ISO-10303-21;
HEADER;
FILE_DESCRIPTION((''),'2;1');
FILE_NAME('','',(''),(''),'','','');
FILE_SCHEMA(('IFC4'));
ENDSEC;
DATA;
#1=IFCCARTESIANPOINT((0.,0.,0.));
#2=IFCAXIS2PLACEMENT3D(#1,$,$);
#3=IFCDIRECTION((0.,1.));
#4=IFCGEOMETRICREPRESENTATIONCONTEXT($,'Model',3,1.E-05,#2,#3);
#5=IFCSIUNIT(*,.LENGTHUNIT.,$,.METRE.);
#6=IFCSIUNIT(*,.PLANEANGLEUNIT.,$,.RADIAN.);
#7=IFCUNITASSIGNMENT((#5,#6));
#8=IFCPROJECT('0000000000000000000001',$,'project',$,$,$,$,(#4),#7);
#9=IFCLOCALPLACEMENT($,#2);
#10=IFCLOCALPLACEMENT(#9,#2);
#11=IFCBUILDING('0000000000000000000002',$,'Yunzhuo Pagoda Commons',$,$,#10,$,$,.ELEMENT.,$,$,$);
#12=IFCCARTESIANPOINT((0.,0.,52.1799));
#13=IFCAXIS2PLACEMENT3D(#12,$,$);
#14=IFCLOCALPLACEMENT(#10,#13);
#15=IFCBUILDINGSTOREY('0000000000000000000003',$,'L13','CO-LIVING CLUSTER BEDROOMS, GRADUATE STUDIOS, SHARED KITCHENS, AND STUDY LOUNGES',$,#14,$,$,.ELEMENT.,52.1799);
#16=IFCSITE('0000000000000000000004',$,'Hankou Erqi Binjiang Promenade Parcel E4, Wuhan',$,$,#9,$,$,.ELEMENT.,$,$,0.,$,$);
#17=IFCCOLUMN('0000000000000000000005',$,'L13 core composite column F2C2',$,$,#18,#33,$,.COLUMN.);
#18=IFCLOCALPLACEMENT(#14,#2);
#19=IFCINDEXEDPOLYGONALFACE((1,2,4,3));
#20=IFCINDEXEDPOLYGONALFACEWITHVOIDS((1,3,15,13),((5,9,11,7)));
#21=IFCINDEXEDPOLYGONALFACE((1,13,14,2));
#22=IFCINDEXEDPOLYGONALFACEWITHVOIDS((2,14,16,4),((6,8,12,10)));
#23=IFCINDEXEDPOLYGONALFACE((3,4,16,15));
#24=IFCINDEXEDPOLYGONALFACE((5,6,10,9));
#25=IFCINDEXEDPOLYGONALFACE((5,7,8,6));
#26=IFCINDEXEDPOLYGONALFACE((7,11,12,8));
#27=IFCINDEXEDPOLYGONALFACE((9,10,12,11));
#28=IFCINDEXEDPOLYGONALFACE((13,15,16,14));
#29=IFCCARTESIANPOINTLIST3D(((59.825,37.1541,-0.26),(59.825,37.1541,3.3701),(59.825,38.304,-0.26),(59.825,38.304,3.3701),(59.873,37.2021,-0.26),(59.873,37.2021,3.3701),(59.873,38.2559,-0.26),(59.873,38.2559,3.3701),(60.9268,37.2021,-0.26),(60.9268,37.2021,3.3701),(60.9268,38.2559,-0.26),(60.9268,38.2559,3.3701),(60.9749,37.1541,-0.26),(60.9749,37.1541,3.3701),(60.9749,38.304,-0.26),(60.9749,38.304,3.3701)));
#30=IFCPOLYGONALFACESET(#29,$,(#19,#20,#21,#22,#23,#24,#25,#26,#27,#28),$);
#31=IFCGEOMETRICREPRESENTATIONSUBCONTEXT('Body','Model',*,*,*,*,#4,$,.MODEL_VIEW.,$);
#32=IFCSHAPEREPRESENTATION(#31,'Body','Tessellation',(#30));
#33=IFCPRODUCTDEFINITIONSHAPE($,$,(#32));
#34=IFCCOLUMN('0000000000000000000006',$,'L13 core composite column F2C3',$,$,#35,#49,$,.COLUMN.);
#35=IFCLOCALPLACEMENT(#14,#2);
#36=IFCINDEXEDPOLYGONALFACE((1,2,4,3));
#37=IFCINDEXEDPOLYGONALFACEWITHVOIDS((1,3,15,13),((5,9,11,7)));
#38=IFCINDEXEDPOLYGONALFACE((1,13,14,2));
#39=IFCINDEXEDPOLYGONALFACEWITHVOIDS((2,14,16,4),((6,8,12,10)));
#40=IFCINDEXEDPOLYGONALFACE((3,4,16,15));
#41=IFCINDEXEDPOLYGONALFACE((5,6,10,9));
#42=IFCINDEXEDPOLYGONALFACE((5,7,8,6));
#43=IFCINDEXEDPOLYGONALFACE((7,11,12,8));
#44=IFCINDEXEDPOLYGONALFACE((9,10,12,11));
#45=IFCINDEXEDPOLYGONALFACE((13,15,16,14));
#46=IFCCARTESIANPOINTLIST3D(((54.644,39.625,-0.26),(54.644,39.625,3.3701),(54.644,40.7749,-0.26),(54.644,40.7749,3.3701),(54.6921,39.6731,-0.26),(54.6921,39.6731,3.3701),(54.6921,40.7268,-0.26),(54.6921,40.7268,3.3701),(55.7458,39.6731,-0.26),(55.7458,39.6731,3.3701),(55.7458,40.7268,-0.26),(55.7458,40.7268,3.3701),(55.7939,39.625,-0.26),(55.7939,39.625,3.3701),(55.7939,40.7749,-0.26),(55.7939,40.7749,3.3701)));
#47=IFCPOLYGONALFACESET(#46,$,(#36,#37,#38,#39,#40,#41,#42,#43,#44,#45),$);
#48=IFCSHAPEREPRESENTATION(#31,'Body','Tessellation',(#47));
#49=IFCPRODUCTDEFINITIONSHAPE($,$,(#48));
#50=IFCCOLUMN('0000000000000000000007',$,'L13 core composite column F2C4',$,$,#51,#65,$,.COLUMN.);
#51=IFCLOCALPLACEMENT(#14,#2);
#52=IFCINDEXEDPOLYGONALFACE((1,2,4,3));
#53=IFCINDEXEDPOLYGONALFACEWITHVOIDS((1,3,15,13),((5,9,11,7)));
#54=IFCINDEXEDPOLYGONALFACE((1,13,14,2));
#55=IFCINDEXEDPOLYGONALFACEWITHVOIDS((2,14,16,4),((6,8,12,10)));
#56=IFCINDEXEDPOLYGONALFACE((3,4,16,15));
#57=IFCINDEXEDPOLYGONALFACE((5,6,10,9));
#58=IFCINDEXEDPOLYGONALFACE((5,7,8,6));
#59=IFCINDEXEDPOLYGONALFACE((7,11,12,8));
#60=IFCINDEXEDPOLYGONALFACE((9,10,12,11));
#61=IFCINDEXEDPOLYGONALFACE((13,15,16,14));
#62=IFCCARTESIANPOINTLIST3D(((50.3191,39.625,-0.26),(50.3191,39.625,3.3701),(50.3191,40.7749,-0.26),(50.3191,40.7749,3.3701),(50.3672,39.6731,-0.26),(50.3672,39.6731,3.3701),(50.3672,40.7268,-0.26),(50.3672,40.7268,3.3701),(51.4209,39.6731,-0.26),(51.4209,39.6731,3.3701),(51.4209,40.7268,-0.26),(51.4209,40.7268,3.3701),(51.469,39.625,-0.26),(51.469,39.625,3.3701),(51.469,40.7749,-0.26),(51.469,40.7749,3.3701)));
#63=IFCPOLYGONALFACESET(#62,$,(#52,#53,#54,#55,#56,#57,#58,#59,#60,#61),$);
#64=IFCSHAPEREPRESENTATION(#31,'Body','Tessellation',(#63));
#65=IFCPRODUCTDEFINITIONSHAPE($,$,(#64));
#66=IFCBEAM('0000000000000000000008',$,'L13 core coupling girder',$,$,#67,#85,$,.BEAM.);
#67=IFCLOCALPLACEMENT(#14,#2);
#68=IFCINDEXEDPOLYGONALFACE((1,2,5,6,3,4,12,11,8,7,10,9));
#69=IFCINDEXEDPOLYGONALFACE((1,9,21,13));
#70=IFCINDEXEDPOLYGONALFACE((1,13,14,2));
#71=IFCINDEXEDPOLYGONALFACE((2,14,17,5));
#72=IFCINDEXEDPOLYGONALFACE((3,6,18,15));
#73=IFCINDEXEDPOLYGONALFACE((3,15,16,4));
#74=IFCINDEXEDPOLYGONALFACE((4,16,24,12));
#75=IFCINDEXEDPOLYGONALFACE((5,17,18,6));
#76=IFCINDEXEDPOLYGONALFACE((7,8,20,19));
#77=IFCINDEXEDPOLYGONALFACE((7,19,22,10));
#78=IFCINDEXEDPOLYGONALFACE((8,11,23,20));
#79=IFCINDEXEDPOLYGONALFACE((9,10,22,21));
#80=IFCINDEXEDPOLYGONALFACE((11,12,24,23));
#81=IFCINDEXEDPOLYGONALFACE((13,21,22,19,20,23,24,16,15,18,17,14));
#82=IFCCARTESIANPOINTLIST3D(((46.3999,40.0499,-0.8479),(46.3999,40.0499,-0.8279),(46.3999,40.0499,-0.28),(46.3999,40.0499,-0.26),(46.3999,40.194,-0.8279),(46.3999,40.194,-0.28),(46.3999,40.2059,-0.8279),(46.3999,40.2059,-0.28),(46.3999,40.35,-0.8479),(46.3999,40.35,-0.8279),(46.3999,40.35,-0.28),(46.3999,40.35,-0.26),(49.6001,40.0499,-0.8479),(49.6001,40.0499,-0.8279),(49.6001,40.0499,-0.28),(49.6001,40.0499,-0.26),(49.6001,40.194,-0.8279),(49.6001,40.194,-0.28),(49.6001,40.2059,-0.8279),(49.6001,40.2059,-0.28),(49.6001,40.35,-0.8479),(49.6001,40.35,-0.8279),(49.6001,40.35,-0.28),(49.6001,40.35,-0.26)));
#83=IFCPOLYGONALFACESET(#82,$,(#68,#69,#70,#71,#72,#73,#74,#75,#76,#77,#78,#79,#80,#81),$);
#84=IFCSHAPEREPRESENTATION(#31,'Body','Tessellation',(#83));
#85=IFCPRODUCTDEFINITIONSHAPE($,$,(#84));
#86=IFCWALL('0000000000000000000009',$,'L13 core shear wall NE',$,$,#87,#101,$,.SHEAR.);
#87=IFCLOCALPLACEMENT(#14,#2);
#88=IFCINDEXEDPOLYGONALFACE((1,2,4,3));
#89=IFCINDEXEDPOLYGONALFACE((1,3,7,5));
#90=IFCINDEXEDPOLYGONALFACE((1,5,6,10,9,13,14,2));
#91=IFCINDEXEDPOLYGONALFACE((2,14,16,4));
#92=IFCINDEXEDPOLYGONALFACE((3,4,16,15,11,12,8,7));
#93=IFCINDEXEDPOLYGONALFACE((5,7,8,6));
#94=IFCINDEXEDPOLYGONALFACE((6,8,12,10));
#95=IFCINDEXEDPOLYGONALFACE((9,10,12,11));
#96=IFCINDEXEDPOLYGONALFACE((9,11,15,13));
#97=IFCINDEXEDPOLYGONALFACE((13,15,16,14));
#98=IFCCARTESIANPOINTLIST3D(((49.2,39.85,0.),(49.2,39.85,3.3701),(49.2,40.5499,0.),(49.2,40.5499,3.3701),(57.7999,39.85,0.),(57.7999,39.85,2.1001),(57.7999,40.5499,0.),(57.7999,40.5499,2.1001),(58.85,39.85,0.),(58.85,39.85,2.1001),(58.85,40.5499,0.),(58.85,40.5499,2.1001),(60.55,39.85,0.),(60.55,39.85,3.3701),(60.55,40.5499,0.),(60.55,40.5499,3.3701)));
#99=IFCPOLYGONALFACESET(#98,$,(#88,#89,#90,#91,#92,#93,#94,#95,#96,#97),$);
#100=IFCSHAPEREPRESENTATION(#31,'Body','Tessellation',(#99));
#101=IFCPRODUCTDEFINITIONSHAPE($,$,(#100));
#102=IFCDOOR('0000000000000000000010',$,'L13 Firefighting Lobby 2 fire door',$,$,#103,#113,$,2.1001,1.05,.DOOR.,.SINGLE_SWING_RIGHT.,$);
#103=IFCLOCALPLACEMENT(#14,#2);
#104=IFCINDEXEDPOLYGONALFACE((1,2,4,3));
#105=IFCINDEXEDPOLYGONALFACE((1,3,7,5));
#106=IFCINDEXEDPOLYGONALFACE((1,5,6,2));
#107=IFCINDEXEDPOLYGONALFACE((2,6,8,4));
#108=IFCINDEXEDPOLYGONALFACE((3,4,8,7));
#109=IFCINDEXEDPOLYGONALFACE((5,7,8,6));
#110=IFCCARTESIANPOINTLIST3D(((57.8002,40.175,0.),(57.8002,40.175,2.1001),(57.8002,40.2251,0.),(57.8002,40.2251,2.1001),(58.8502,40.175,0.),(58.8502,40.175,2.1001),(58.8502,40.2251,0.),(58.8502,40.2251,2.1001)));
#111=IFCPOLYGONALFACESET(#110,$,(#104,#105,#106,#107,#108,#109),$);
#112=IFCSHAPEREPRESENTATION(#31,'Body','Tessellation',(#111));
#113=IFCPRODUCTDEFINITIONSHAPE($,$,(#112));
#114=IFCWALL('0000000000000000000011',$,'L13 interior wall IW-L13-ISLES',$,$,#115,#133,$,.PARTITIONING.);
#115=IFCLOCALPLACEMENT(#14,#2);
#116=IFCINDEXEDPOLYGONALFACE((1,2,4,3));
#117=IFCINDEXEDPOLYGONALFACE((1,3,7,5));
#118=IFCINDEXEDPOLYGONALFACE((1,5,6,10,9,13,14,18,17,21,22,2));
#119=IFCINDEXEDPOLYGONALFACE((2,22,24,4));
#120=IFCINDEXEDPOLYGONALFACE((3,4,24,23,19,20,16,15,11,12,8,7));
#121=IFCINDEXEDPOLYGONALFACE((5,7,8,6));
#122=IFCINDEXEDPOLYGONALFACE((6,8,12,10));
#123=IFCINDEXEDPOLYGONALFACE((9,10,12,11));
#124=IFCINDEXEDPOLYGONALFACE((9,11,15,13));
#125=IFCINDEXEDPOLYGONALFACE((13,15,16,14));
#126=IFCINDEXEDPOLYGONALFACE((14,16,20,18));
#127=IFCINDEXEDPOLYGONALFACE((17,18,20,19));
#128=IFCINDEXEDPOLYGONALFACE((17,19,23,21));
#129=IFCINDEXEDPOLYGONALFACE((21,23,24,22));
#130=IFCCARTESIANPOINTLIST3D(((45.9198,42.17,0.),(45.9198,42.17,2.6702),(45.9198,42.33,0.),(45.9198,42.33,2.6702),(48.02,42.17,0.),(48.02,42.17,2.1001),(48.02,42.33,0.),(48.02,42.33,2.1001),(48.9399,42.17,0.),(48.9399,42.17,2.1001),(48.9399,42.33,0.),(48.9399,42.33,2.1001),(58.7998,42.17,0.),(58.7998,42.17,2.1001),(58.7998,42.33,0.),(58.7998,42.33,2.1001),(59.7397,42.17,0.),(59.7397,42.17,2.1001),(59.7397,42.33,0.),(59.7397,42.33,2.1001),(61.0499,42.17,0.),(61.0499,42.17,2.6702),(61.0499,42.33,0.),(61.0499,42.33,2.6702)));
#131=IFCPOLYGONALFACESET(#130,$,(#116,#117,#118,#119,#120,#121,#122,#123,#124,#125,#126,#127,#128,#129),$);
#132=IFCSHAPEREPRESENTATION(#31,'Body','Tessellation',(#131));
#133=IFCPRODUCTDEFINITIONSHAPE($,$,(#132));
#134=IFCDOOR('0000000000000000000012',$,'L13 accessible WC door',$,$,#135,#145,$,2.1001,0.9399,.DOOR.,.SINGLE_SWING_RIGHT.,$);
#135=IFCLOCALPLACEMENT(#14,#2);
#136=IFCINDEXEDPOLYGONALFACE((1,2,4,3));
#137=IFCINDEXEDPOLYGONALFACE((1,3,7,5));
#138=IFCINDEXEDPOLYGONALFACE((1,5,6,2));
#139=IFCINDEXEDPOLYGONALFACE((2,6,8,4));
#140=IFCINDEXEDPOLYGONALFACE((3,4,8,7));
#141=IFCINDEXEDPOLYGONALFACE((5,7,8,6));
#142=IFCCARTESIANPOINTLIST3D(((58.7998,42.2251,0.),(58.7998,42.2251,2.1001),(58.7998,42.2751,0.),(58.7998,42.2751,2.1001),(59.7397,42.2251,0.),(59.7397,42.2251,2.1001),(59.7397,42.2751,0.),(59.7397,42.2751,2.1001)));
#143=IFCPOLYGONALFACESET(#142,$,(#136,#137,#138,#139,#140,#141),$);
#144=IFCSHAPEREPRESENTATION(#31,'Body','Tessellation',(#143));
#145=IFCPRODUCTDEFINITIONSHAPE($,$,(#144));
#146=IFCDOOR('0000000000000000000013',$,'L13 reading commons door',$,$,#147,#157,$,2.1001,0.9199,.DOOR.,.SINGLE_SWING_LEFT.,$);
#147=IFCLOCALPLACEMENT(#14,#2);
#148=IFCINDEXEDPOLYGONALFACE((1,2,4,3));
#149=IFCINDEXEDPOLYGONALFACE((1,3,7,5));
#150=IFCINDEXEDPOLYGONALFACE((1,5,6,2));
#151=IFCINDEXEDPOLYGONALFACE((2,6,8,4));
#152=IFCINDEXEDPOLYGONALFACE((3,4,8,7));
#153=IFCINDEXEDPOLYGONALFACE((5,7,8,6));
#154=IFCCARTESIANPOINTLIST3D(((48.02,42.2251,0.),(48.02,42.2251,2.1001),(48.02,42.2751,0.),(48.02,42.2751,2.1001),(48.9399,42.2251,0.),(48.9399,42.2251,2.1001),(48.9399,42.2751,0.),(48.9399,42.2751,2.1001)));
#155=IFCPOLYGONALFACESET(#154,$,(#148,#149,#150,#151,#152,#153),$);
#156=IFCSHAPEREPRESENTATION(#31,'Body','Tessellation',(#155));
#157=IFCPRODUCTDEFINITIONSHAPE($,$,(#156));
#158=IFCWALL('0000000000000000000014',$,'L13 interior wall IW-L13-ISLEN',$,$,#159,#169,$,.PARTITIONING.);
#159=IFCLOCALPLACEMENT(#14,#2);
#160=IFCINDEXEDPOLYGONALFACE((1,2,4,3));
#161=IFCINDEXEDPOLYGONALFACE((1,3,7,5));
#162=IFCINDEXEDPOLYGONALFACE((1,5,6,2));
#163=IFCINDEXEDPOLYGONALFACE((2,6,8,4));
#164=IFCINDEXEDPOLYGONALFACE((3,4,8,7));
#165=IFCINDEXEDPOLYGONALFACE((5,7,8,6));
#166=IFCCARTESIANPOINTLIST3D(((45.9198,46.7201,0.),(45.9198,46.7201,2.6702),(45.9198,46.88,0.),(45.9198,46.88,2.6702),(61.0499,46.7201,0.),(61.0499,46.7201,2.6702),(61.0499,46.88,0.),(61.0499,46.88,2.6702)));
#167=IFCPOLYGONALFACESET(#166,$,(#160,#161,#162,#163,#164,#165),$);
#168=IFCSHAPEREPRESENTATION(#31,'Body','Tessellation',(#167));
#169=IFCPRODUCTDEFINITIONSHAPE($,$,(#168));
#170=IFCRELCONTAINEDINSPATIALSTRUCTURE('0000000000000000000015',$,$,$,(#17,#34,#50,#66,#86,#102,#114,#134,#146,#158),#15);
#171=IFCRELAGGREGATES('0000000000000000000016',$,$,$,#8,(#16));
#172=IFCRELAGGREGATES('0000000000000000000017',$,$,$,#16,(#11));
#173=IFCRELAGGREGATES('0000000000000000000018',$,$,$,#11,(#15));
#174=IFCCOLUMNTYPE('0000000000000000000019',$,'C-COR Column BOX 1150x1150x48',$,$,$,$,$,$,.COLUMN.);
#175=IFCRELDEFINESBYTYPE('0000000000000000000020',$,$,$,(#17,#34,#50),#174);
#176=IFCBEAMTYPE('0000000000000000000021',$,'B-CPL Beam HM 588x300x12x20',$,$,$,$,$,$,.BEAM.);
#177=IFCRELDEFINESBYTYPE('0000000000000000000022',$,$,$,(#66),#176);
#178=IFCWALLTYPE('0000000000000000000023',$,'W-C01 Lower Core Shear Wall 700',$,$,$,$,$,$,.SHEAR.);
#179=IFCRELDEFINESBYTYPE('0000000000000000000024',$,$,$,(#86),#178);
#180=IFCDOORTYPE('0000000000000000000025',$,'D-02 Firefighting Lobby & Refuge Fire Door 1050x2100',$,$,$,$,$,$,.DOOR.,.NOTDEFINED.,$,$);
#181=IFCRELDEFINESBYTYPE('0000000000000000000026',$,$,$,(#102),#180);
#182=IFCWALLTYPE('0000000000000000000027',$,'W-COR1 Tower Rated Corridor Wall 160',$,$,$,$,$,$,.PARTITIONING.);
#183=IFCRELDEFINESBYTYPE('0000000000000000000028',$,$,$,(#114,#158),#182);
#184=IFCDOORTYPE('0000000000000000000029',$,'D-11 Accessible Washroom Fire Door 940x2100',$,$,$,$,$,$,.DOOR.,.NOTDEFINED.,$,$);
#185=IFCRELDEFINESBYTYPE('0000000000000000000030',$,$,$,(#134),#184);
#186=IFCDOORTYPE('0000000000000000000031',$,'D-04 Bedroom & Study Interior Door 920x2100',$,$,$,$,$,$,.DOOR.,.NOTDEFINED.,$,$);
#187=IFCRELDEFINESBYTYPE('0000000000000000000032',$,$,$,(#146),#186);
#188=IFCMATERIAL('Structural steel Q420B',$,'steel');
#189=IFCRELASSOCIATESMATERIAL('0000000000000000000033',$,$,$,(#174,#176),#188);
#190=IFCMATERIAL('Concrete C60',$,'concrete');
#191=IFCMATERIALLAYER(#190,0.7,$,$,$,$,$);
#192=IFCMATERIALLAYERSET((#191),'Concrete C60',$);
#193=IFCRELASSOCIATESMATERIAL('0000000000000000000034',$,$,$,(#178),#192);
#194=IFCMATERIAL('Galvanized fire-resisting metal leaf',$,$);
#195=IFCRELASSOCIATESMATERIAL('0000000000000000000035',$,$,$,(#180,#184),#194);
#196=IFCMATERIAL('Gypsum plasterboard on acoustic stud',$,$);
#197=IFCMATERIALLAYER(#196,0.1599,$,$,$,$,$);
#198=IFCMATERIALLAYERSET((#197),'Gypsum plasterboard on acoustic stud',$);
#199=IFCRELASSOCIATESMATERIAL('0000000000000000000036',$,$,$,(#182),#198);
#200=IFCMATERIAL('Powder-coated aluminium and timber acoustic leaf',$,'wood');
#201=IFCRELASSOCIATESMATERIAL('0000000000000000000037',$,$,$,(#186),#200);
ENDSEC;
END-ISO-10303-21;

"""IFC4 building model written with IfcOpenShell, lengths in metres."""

from ifc_helpers import new_model, si_unit, direction, frame, frame_2d, origin, origin_2d, place, context, subcontext, project, spatial, rectangle, hollow_rectangle, i_section, extrude, source, transform, mapped, material, layer, layer_set, material_profile, profile_set, type_object, element, fill, save


model = new_model("IFC4")

# Units and contexts
model_context = context("Model", 3, precision=1e-05, world=origin(), true_north=direction((0.0, 1.0)))
body_context = subcontext(model_context, "Body", "Model", "MODEL_VIEW")
ifc_project = project(units=[si_unit("LENGTHUNIT", "METRE"), si_unit("PLANEANGLEUNIT", "RADIAN")], contexts=[model_context])

# Site, building, storey
site_placement = place(None, origin())
site = spatial("IfcSite", under=ifc_project, at=site_placement, Name="Hankou Erqi Binjiang Promenade Parcel E4, Wuhan", CompositionType="ELEMENT", RefElevation=0.0)
building_placement = place(site_placement, origin())
building = spatial("IfcBuilding", under=site, at=building_placement, Name="Yunzhuo Pagoda Commons", CompositionType="ELEMENT")
storey_placement = place(building_placement, frame((0.0, 0.0, 52.1799)))
storey = spatial("IfcBuildingStorey", under=building, at=storey_placement, Name="L13", Description="CO-LIVING CLUSTER BEDROOMS, GRADUATE STUDIOS, SHARED KITCHENS, AND STUDY LOUNGES", CompositionType="ELEMENT", Elevation=52.1799)

# Columns
ifc_material_1 = material(Name="Structural steel Q420B", Category="steel")
ifc_material_profile_1 = material_profile(ifc_material_1, hollow_rectangle(XDim=1.1499, YDim=1.1499, WallThickness=0.0481, at=origin_2d()), Name="Structural steel Q420B")
ifc_profile_set_1 = profile_set([ifc_material_profile_1], Name="Structural steel Q420B")
column_type = type_object("IfcColumnType", Name="C-COR Column BOX 1150x1150x48", PredefinedType="COLUMN", material=ifc_profile_set_1)
shared_shape_1 = source(origin(), body_context, "Body", "SweptSolid", [
    extrude(hollow_rectangle(XDim=1.1499, YDim=1.1499, WallThickness=0.0481, at=origin_2d()), origin(), (0.0, 0.0, 1.0), 3.6301),
])
for number, where, z_axis, x_axis, name in (
    (1, (60.3999, 37.729, -0.26), (0.0, 0.0, 1.0), (1.0, 0.0, 0.0), "L13 core composite column F2C2"),
    (2, (55.219, 40.2, -0.26), (0.0, 0.0, 1.0), (1.0, 0.0, 0.0), "L13 core composite column F2C3"),
    (3, (50.894, 40.2, -0.26), (0.0, 0.0, 1.0), (1.0, 0.0, 0.0), "L13 core composite column F2C4"),
):
    element("IfcColumn", number, at=place(storey_placement, frame(where, z_axis=z_axis, x_axis=x_axis)), inside=storey, type_object=column_type, Name=name, PredefinedType="COLUMN", context=body_context, shape_type="MappedRepresentation", body=[
        mapped(shared_shape_1, transform((0.0, 0.0, 0.0), scale=1.0)),
    ])

# Beam
ifc_material_profile_2 = material_profile(ifc_material_1, i_section(OverallWidth=0.3, OverallDepth=0.5879, WebThickness=0.012, FlangeThickness=0.02, at=origin_2d()), Name="Structural steel Q420B")
ifc_profile_set_2 = profile_set([ifc_material_profile_2], Name="Structural steel Q420B")
beam_type = type_object("IfcBeamType", Name="B-CPL Beam HM 588x300x12x20", PredefinedType="BEAM", material=ifc_profile_set_2)
shared_shape_2 = source(origin(), body_context, "Body", "SweptSolid", [
    extrude(i_section(OverallWidth=0.3, OverallDepth=0.5879, WebThickness=0.012, FlangeThickness=0.02, at=origin_2d()), origin(), (0.0, 0.0, 1.0), 3.2002),
])
beam_placement = place(storey_placement, frame((46.3999, 40.2, -0.554), z_axis=(1.0, 0.0, 0.0), x_axis=(0.0, 1.0, 0.0)))
element("IfcBeam", 4, at=beam_placement, inside=storey, type_object=beam_type, Name="L13 core coupling girder", PredefinedType="BEAM", context=body_context, shape_type="MappedRepresentation", body=[
    mapped(shared_shape_2, transform((0.0, 0.0, 0.0), scale=1.0)),
])

# Wall, opening, door
ifc_material_2 = material(Name="Concrete C60", Category="concrete")
ifc_layer_1 = layer(ifc_material_2, 0.7)
ifc_layer_set_1 = layer_set([ifc_layer_1], Name="Concrete C60")
wall_type_1 = type_object("IfcWallType", Name="W-C01 Lower Core Shear Wall 700", PredefinedType="SHEAR", material=ifc_layer_set_1)
wall_1_placement = place(storey_placement, frame((49.2, 40.2, 0.0), z_axis=(0.0, 0.0, 1.0), x_axis=(1.0, 0.0, 0.0)))
wall_1 = element("IfcWall", 5, at=wall_1_placement, inside=storey, type_object=wall_type_1, Name="L13 core shear wall NE", PredefinedType="SHEAR", context=body_context, shape_type="SweptSolid", body=[
    extrude(rectangle(XDim=11.3501, YDim=0.7, at=frame_2d((5.675, 0.0))), origin(), (0.0, 0.0, 1.0), 3.3701),
])
opening_1_placement = place(wall_1_placement, frame((8.6001, 0.0, 0.0)))
opening_1 = element("IfcOpeningElement", 6, at=opening_1_placement, cuts=wall_1, PredefinedType="OPENING", context=body_context, shape_type="SweptSolid", body=[
    extrude(rectangle(XDim=1.05, YDim=2.1001, at=frame_2d((0.5249, 1.05))), frame((0.0, 0.3599, 0.0), z_axis=(0.0, -1.0, 0.0), x_axis=(1.0, 0.0, 0.0)), (0.0, 0.0, 1.0), 0.72),
])
ifc_material_3 = material(Name="Galvanized fire-resisting metal leaf")
door_type_1 = type_object("IfcDoorType", Name="D-02 Firefighting Lobby & Refuge Fire Door 1050x2100", OperationType="NOTDEFINED", PredefinedType="DOOR", material=ifc_material_3)
shared_shape_3 = source(origin(), body_context, "Body", "SweptSolid", [
    extrude(rectangle(XDim=1.05, YDim=2.1001, at=frame_2d((0.5249, 1.05))), frame((0.0, 0.0249, 0.0), z_axis=(0.0, -1.0, 0.0), x_axis=(1.0, 0.0, 0.0)), (0.0, 0.0, 1.0), 0.05),
])
door_1_placement = place(opening_1_placement, frame((1.05, 0.0, 0.0), z_axis=(0.0, 0.0, 1.0), x_axis=(-1.0, 0.0, 0.0)))
door_1 = element("IfcDoor", 7, at=door_1_placement, inside=storey, type_object=door_type_1, Name="L13 Firefighting Lobby 2 fire door", OperationType="SINGLE_SWING_RIGHT", OverallHeight=2.1001, OverallWidth=1.05, PredefinedType="DOOR", context=body_context, shape_type="MappedRepresentation", body=[
    mapped(shared_shape_3, transform((0.0, 0.0, 0.0), scale=1.0)),
])
fill(opening_1, door_1)

# Wall, openings, doors
ifc_material_4 = material(Name="Gypsum plasterboard on acoustic stud")
ifc_layer_2 = layer(ifc_material_4, 0.1599)
ifc_layer_set_2 = layer_set([ifc_layer_2], Name="Gypsum plasterboard on acoustic stud")
wall_type_2 = type_object("IfcWallType", Name="W-COR1 Tower Rated Corridor Wall 160", PredefinedType="PARTITIONING", material=ifc_layer_set_2)
wall_2_placement = place(storey_placement, frame((45.9199, 42.25, 0.0), z_axis=(0.0, 0.0, 1.0), x_axis=(1.0, 0.0, 0.0)))
wall_2 = element("IfcWall", 8, at=wall_2_placement, inside=storey, type_object=wall_type_2, Name="L13 interior wall IW-L13-ISLES", PredefinedType="PARTITIONING", context=body_context, shape_type="SweptSolid", body=[
    extrude(rectangle(XDim=15.1301, YDim=0.1599, at=frame_2d((7.5649, 0.0))), origin(), (0.0, 0.0, 1.0), 2.6702),
])
opening_2_placement = place(wall_2_placement, frame((2.1001, 0.0, 0.0)))
opening_2 = element("IfcOpeningElement", 9, at=opening_2_placement, cuts=wall_2, PredefinedType="OPENING", context=body_context, shape_type="SweptSolid", body=[
    extrude(rectangle(XDim=0.9199, YDim=2.1001, at=frame_2d((0.46, 1.05))), frame((0.0, 0.0898, 0.0), z_axis=(0.0, -1.0, 0.0), x_axis=(1.0, 0.0, 0.0)), (0.0, 0.0, 1.0), 0.1799),
])
opening_3_placement = place(wall_2_placement, frame((12.8799, 0.0, 0.0)))
opening_3 = element("IfcOpeningElement", 10, at=opening_3_placement, cuts=wall_2, PredefinedType="OPENING", context=body_context, shape_type="SweptSolid", body=[
    extrude(rectangle(XDim=0.9399, YDim=2.1001, at=frame_2d((0.47, 1.05))), frame((0.0, 0.0898, 0.0), z_axis=(0.0, -1.0, 0.0), x_axis=(1.0, 0.0, 0.0)), (0.0, 0.0, 1.0), 0.1799),
])
door_type_2 = type_object("IfcDoorType", Name="D-11 Accessible Washroom Fire Door 940x2100", OperationType="NOTDEFINED", PredefinedType="DOOR", material=ifc_material_3)
shared_shape_4 = source(origin(), body_context, "Body", "SweptSolid", [
    extrude(rectangle(XDim=0.9399, YDim=2.1001, at=frame_2d((0.47, 1.05))), frame((0.0, 0.0249, 0.0), z_axis=(0.0, -1.0, 0.0), x_axis=(1.0, 0.0, 0.0)), (0.0, 0.0, 1.0), 0.05),
])
door_2_placement = place(opening_3_placement, frame((0.9399, 0.0, 0.0), z_axis=(0.0, 0.0, 1.0), x_axis=(-1.0, 0.0, 0.0)))
door_2 = element("IfcDoor", 11, at=door_2_placement, inside=storey, type_object=door_type_2, Name="L13 accessible WC door", OperationType="SINGLE_SWING_RIGHT", OverallHeight=2.1001, OverallWidth=0.9399, PredefinedType="DOOR", context=body_context, shape_type="MappedRepresentation", body=[
    mapped(shared_shape_4, transform((0.0, 0.0, 0.0), scale=1.0)),
])
fill(opening_3, door_2)
ifc_material_5 = material(Name="Powder-coated aluminium and timber acoustic leaf", Category="wood")
door_type_3 = type_object("IfcDoorType", Name="D-04 Bedroom & Study Interior Door 920x2100", OperationType="NOTDEFINED", PredefinedType="DOOR", material=ifc_material_5)
shared_shape_5 = source(origin(), body_context, "Body", "SweptSolid", [
    extrude(rectangle(XDim=0.9199, YDim=2.1001, at=frame_2d((0.46, 1.05))), frame((0.0, 0.0249, 0.0), z_axis=(0.0, -1.0, 0.0), x_axis=(1.0, 0.0, 0.0)), (0.0, 0.0, 1.0), 0.05),
])
door_3_placement = place(opening_2_placement, frame((0.9199, 0.0, 0.0), z_axis=(0.0, 0.0, 1.0), x_axis=(-1.0, 0.0, 0.0)))
door_3 = element("IfcDoor", 12, at=door_3_placement, inside=storey, type_object=door_type_3, Name="L13 reading commons door", OperationType="SINGLE_SWING_LEFT", OverallHeight=2.1001, OverallWidth=0.9199, PredefinedType="DOOR", context=body_context, shape_type="MappedRepresentation", body=[
    mapped(shared_shape_5, transform((0.0, 0.0, 0.0), scale=1.0)),
])
fill(opening_2, door_3)

# Wall
wall_3_placement = place(storey_placement, frame((45.9199, 46.8, 0.0), z_axis=(0.0, 0.0, 1.0), x_axis=(1.0, 0.0, 0.0)))
element("IfcWall", 13, at=wall_3_placement, inside=storey, type_object=wall_type_2, Name="L13 interior wall IW-L13-ISLEN", PredefinedType="PARTITIONING", context=body_context, shape_type="SweptSolid", body=[
    extrude(rectangle(XDim=15.1301, YDim=0.1599, at=frame_2d((7.5649, 0.0))), origin(), (0.0, 0.0, 1.0), 2.6702),
])

save(model, "model.ifc")
